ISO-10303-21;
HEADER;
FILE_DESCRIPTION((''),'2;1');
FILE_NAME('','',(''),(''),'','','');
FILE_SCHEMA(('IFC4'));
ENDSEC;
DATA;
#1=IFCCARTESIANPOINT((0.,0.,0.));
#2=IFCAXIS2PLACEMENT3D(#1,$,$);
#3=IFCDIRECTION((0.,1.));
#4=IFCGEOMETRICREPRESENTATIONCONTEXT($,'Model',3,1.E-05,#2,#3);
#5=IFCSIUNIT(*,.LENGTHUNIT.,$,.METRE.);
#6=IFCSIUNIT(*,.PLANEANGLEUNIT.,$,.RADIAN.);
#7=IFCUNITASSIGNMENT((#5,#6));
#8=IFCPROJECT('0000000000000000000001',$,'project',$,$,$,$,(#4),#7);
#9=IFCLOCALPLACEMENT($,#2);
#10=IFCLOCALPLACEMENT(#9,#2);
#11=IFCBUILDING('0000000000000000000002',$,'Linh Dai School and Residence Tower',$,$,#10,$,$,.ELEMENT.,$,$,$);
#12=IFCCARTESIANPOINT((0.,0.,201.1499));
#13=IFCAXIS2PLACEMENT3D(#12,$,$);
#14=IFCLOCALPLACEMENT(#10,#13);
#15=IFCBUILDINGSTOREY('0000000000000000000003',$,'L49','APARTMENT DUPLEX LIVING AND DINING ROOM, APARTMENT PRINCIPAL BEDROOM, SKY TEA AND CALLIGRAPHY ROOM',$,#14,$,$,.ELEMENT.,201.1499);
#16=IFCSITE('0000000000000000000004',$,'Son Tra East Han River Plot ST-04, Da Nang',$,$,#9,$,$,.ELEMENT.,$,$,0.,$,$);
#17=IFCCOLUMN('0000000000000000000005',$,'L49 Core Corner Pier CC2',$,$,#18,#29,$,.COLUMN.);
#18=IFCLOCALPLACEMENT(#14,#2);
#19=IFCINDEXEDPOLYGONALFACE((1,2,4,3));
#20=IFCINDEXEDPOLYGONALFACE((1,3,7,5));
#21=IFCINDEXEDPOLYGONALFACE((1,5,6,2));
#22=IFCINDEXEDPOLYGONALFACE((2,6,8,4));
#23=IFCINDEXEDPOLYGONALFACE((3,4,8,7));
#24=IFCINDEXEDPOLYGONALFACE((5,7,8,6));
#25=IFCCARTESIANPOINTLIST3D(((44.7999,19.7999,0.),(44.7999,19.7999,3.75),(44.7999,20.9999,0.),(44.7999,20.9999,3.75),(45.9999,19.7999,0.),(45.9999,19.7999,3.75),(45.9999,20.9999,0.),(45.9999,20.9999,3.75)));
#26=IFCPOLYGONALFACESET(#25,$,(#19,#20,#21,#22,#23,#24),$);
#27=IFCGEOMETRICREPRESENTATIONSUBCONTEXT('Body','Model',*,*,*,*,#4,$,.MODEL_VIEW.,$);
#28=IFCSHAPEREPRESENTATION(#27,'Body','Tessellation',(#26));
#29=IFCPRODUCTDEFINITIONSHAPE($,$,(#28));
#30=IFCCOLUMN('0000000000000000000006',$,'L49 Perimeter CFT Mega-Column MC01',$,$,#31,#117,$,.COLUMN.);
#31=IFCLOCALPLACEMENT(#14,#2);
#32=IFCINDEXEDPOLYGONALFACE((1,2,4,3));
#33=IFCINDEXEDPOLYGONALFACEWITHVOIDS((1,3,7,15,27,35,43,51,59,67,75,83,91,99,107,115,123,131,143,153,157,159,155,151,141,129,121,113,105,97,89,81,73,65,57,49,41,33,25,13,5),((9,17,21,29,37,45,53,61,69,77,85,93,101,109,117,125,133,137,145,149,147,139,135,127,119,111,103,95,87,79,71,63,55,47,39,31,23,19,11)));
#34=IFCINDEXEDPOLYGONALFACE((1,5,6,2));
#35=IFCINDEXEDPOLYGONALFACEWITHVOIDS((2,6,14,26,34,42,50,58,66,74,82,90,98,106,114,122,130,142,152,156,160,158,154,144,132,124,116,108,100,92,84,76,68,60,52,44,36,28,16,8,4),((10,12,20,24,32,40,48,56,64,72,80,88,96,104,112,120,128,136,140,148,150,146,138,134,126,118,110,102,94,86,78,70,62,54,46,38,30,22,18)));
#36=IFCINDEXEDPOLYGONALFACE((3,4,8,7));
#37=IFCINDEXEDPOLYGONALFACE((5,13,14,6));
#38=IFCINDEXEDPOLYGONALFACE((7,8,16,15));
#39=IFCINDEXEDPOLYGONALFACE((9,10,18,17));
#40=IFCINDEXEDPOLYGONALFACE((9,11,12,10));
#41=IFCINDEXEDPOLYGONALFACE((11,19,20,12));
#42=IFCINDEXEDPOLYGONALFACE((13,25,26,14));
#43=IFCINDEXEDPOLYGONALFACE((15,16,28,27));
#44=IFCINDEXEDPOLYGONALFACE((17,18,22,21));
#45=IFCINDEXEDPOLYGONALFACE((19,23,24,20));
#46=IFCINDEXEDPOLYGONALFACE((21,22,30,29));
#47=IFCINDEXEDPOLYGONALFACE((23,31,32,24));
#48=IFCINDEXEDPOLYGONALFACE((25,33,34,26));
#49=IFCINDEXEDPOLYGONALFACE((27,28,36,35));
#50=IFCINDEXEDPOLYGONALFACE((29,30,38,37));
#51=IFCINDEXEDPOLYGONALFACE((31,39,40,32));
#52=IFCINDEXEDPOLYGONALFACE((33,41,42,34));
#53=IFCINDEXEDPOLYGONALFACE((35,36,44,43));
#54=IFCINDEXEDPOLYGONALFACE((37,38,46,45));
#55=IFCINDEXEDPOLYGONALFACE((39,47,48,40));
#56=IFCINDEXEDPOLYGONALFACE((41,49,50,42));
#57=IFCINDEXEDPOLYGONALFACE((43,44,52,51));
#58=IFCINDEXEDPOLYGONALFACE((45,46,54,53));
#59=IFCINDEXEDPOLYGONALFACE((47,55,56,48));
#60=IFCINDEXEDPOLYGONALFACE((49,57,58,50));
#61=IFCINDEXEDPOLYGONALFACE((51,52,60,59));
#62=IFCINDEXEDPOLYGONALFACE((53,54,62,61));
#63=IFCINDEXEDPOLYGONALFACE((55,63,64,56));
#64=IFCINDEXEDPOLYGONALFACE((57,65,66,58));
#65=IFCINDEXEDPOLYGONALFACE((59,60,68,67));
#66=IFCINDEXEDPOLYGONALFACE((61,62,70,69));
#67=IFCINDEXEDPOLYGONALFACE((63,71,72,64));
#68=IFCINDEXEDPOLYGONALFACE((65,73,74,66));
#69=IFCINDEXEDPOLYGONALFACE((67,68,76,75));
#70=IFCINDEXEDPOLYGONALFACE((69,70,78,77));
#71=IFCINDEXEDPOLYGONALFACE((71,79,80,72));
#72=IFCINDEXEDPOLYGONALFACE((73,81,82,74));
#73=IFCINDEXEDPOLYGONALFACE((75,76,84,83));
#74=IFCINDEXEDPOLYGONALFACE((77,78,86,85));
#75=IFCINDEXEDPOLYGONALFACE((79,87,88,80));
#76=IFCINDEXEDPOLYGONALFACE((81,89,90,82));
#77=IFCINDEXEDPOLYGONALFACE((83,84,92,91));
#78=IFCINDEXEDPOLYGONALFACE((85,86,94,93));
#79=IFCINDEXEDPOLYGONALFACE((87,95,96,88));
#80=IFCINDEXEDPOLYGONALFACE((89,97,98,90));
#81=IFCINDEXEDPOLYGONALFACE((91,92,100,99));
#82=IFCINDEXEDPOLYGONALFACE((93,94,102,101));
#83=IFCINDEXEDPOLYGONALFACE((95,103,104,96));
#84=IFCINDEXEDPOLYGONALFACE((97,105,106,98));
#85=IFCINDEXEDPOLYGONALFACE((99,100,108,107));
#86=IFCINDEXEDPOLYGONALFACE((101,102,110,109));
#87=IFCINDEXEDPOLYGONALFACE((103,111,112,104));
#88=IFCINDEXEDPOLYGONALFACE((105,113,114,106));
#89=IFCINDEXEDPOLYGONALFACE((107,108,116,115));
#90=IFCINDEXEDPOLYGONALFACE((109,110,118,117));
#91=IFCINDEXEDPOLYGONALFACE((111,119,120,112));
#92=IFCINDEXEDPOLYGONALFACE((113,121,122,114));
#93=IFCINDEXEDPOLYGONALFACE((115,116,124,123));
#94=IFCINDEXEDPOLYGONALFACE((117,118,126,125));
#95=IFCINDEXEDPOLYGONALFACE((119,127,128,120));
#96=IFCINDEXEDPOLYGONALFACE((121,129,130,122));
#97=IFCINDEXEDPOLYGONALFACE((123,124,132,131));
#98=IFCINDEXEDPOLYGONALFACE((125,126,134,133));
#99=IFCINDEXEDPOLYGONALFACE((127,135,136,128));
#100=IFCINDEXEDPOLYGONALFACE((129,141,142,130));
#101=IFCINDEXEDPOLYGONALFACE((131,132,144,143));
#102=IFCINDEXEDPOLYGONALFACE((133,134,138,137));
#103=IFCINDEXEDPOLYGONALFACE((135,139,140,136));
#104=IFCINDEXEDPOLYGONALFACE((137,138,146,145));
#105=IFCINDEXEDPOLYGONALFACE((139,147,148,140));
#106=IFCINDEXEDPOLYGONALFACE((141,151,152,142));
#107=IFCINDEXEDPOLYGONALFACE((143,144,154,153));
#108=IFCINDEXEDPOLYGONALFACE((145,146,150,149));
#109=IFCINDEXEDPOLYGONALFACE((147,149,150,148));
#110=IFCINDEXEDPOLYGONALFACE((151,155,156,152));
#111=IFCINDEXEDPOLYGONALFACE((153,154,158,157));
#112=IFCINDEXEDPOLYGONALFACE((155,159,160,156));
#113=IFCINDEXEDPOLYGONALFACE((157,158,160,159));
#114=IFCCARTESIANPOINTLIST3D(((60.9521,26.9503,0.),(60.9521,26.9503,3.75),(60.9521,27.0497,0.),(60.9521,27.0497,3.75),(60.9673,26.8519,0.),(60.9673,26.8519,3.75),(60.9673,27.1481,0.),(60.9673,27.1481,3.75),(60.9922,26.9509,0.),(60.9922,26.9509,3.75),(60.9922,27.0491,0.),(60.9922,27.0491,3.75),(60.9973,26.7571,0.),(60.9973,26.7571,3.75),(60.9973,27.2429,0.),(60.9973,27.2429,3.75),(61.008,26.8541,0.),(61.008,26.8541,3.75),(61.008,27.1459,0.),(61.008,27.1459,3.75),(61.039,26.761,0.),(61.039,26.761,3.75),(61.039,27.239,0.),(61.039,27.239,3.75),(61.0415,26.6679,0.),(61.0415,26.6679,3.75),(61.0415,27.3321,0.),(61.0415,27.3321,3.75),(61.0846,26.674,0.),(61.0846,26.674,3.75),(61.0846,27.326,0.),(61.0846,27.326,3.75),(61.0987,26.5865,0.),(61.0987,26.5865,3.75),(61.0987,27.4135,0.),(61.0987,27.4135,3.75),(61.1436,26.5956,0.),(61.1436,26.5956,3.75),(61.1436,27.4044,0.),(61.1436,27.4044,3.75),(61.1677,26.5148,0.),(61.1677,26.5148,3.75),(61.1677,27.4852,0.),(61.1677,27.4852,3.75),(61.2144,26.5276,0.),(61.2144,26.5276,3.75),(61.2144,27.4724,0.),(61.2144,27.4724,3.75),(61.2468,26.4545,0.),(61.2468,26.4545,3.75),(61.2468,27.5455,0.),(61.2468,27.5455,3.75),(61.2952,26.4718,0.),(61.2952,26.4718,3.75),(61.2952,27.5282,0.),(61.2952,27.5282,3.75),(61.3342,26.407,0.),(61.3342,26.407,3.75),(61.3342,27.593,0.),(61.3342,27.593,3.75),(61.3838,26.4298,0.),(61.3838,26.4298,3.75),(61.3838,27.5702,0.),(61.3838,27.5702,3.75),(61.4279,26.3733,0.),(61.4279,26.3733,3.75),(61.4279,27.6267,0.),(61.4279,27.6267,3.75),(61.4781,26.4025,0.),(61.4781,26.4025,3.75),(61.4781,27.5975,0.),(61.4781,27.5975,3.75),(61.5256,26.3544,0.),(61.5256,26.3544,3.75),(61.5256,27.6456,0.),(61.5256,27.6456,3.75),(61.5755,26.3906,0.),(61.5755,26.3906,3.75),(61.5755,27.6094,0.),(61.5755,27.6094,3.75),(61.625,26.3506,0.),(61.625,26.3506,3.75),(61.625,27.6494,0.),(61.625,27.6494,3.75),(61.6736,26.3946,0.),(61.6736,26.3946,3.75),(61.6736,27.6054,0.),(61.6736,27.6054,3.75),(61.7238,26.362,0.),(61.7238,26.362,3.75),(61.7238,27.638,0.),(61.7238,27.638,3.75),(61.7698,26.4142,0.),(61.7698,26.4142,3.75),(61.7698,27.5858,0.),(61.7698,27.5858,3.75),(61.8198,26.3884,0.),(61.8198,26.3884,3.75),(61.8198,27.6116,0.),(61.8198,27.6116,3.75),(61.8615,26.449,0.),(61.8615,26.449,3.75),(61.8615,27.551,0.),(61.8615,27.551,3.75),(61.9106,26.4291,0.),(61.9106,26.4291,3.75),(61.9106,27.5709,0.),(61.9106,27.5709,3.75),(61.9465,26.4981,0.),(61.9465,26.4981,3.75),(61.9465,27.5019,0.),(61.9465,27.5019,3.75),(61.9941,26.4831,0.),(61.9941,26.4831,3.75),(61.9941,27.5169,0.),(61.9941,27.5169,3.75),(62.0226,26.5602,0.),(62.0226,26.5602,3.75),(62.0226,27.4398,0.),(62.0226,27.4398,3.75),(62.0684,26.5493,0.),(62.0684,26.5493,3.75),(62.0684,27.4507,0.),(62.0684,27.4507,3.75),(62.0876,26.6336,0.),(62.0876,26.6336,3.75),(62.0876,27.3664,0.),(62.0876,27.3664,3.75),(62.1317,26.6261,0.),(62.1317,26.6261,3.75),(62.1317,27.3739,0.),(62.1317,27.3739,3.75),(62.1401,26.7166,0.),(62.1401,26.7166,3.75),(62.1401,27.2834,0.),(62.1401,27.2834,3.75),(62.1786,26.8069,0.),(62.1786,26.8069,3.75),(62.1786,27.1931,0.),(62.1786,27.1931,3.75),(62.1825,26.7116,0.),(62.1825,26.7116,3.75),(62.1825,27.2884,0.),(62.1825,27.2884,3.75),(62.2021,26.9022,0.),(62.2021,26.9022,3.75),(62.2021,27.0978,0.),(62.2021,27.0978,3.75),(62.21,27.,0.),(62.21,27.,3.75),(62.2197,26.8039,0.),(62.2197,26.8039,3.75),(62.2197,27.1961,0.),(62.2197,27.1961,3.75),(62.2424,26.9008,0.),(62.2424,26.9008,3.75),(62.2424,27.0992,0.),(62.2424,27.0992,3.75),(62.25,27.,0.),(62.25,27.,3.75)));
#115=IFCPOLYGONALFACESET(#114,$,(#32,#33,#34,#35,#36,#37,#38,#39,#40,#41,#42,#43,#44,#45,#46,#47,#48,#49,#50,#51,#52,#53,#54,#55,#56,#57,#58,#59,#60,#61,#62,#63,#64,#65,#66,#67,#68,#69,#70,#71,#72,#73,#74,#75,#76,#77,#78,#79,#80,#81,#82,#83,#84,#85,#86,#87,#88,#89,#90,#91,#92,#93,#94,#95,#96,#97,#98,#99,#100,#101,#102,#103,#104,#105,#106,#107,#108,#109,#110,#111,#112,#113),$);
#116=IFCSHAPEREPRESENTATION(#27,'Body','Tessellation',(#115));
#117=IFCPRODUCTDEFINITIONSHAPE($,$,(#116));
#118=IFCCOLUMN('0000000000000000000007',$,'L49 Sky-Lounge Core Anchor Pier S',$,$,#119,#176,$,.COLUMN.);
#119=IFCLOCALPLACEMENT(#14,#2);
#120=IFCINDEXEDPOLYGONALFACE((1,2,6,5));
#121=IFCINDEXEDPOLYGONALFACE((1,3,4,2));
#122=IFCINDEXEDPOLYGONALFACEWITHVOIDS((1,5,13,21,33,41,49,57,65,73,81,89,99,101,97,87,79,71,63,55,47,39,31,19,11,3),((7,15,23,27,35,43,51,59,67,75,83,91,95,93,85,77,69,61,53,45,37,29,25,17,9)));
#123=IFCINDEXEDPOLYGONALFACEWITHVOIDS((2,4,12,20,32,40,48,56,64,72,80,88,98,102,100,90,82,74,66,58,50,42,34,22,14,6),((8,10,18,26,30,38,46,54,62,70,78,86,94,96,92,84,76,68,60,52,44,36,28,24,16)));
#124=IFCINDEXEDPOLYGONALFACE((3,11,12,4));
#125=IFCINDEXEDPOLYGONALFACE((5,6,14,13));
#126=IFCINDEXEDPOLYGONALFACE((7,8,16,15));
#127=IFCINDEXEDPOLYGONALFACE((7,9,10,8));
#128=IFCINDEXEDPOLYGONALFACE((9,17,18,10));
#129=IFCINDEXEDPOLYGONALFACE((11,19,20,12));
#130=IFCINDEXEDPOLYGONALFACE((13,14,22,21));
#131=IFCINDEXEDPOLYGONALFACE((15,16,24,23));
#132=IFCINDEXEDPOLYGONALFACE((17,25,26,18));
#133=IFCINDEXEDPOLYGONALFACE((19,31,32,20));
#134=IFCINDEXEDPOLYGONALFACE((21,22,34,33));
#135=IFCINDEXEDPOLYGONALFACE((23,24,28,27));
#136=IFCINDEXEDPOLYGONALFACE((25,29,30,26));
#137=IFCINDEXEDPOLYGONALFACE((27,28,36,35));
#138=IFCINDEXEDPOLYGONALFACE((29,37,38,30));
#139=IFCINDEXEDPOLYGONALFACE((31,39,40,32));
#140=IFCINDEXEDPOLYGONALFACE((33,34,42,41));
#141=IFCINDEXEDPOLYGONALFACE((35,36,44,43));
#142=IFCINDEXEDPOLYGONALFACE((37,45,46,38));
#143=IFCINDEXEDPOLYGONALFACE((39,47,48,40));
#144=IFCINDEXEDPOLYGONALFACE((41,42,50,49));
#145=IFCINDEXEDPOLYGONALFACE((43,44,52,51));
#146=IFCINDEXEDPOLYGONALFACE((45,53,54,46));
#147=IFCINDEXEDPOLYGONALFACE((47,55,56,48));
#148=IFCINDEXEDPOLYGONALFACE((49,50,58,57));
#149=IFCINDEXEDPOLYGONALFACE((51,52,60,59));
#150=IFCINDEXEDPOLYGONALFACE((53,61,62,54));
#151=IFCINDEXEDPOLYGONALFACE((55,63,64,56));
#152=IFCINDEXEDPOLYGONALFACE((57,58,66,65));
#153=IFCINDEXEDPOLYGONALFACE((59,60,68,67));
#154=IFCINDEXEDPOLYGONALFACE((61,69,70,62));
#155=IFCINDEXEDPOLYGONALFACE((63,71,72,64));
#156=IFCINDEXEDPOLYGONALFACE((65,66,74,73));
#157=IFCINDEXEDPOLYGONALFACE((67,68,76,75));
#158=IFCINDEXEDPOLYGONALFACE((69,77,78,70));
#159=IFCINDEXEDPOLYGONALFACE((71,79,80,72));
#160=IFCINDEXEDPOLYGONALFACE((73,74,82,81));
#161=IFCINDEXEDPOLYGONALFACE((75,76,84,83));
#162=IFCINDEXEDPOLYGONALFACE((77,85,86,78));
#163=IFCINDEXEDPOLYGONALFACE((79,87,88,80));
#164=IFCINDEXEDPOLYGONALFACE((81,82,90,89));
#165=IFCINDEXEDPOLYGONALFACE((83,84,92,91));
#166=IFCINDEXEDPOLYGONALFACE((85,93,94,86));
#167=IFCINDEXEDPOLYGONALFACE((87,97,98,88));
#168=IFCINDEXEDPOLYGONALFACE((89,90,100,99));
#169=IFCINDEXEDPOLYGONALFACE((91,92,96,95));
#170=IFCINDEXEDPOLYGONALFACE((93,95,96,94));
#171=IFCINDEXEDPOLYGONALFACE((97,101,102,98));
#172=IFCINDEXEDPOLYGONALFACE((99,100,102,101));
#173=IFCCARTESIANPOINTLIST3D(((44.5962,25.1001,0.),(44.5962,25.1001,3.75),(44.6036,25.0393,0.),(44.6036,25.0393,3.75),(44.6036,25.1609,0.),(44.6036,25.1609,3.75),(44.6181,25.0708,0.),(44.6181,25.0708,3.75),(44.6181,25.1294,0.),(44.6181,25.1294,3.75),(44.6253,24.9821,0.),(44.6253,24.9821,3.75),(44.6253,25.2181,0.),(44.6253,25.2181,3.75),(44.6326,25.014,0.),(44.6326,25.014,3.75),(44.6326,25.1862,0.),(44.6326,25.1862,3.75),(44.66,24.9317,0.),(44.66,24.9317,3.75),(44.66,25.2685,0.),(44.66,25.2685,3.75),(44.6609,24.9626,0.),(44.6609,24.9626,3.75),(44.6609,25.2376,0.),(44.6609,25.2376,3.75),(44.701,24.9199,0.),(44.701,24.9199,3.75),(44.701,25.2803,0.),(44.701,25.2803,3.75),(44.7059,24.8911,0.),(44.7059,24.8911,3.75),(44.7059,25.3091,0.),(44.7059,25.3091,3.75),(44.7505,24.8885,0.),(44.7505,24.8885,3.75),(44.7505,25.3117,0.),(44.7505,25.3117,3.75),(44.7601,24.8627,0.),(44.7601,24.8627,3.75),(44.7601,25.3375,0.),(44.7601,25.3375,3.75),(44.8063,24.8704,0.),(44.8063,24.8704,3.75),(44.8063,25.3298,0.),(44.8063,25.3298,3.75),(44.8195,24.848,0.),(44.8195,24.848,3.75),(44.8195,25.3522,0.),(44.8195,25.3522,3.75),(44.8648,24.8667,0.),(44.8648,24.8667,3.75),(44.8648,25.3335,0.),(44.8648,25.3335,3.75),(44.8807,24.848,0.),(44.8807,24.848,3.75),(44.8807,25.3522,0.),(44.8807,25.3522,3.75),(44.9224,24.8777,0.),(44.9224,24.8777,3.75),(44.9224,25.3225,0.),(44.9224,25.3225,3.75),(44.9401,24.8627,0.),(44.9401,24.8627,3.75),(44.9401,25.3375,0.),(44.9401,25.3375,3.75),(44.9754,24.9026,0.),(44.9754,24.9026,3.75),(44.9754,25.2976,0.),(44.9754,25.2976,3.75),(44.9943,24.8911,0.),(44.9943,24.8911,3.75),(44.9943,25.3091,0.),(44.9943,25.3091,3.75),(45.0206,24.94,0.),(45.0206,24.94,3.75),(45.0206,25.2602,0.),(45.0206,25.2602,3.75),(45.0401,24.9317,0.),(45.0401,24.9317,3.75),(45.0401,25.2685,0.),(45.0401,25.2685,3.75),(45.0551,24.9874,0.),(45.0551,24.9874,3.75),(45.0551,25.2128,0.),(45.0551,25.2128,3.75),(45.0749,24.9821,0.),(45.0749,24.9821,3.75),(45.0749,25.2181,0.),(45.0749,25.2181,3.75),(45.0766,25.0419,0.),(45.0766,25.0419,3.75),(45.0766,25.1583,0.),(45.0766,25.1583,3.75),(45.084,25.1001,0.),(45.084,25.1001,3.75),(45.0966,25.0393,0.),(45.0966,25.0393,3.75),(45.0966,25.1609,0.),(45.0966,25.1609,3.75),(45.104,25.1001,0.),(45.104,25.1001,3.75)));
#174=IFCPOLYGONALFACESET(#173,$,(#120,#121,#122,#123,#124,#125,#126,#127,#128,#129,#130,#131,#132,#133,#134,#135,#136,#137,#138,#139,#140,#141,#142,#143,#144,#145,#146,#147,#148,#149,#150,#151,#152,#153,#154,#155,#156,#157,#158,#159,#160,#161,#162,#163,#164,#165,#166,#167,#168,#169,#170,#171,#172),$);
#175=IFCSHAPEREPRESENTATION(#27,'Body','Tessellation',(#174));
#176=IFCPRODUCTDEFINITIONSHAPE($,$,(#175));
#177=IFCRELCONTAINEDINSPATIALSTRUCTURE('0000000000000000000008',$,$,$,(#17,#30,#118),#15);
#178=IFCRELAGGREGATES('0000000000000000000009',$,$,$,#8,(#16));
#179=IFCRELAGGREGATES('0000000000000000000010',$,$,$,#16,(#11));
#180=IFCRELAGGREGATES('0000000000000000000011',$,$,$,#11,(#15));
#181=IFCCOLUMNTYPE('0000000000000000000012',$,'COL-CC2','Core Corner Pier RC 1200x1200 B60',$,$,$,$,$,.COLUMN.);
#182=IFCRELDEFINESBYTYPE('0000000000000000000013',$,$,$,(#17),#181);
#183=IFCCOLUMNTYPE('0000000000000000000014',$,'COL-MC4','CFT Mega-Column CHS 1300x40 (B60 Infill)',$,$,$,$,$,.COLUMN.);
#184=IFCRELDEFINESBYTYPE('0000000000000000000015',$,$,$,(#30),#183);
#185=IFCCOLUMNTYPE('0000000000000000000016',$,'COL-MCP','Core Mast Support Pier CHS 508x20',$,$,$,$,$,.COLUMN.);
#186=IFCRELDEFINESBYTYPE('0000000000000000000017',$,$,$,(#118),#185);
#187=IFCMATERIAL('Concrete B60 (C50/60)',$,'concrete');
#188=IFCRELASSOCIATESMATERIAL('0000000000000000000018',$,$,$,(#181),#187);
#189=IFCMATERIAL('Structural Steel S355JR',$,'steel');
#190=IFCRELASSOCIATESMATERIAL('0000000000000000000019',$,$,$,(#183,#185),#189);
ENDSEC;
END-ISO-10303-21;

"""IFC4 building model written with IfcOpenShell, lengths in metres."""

from ifc_helpers import new_model, si_unit, direction, frame, origin, origin_2d, place, context, subcontext, project, spatial, rectangle, hollow_circle, extrude, material, material_profile, profile_set, type_object, element, save


model = new_model("IFC4")

# Units and contexts
model_context = context("Model", 3, precision=1e-05, world=origin(), true_north=direction((0.0, 1.0)))
body_context = subcontext(model_context, "Body", "Model", "MODEL_VIEW")
ifc_project = project(units=[si_unit("LENGTHUNIT", "METRE"), si_unit("PLANEANGLEUNIT", "RADIAN")], contexts=[model_context])

# Site, building, storey
site_placement = place(None, origin())
site = spatial("IfcSite", under=ifc_project, at=site_placement, Name="Son Tra East Han River Plot ST-04, Da Nang", CompositionType="ELEMENT", RefElevation=0.0)
building_placement = place(site_placement, origin())
building = spatial("IfcBuilding", under=site, at=building_placement, Name="Linh Dai School and Residence Tower", CompositionType="ELEMENT")
storey_placement = place(building_placement, frame((0.0, 0.0, 201.1499)))
storey = spatial("IfcBuildingStorey", under=building, at=storey_placement, Name="L49", Description="APARTMENT DUPLEX LIVING AND DINING ROOM, APARTMENT PRINCIPAL BEDROOM, SKY TEA AND CALLIGRAPHY ROOM", CompositionType="ELEMENT", Elevation=201.1499)

# Columns
ifc_material_1 = material(Name="Concrete B60 (C50/60)", Category="concrete")
ifc_material_profile_1 = material_profile(ifc_material_1, rectangle(XDim=1.2, YDim=1.2, at=origin_2d()), Name="RC 1200x1200")
ifc_profile_set_1 = profile_set([ifc_material_profile_1], Name="Concrete B60 (C50/60)")
column_type_1 = type_object("IfcColumnType", Name="COL-CC2", Description="Core Corner Pier RC 1200x1200 B60", PredefinedType="COLUMN", material=ifc_profile_set_1)
column_1_placement = place(storey_placement, frame((45.3999, 20.3999, 0.0), z_axis=(0.0, 0.0, 1.0), x_axis=(1.0, 0.0, 0.0)))
element("IfcColumn", 1, at=column_1_placement, inside=storey, type_object=column_type_1, Name="L49 Core Corner Pier CC2", PredefinedType="COLUMN", context=body_context, shape_type="SweptSolid", body=[
    extrude(rectangle(XDim=1.2, YDim=1.2, at=origin_2d()), origin(), (0.0, 0.0, 1.0), 3.75),
])
ifc_material_2 = material(Name="Structural Steel S355JR", Category="steel")
ifc_material_profile_2 = material_profile(ifc_material_2, hollow_circle(Radius=0.6499, WallThickness=0.04, at=origin_2d()), Name="CHS 1300x40")
ifc_profile_set_2 = profile_set([ifc_material_profile_2], Name="Structural Steel S355JR")
column_type_2 = type_object("IfcColumnType", Name="COL-MC4", Description="CFT Mega-Column CHS 1300x40 (B60 Infill)", PredefinedType="COLUMN", material=ifc_profile_set_2)
column_2_placement = place(storey_placement, frame((61.6001, 27.0, 0.0), z_axis=(0.0, 0.0, 1.0), x_axis=(1.0, 0.0, 0.0)))
element("IfcColumn", 2, at=column_2_placement, inside=storey, type_object=column_type_2, Name="L49 Perimeter CFT Mega-Column MC01", PredefinedType="COLUMN", context=body_context, shape_type="SweptSolid", body=[
    extrude(hollow_circle(Radius=0.6499, WallThickness=0.04, at=origin_2d()), origin(), (0.0, 0.0, 1.0), 3.75),
])
ifc_material_profile_3 = material_profile(ifc_material_2, hollow_circle(Radius=0.2539, WallThickness=0.02, at=origin_2d()), Name="CHS 508x20")
ifc_profile_set_3 = profile_set([ifc_material_profile_3], Name="Structural Steel S355JR")
column_type_3 = type_object("IfcColumnType", Name="COL-MCP", Description="Core Mast Support Pier CHS 508x20", PredefinedType="COLUMN", material=ifc_profile_set_3)
column_3_placement = place(storey_placement, frame((44.8501, 25.1001, 0.0), z_axis=(0.0, 0.0, 1.0), x_axis=(1.0, 0.0, 0.0)))
element("IfcColumn", 3, at=column_3_placement, inside=storey, type_object=column_type_3, Name="L49 Sky-Lounge Core Anchor Pier S", PredefinedType="COLUMN", context=body_context, shape_type="SweptSolid", body=[
    extrude(hollow_circle(Radius=0.2539, WallThickness=0.02, at=origin_2d()), origin(), (0.0, 0.0, 1.0), 3.75),
])

save(model, "model.ifc")
